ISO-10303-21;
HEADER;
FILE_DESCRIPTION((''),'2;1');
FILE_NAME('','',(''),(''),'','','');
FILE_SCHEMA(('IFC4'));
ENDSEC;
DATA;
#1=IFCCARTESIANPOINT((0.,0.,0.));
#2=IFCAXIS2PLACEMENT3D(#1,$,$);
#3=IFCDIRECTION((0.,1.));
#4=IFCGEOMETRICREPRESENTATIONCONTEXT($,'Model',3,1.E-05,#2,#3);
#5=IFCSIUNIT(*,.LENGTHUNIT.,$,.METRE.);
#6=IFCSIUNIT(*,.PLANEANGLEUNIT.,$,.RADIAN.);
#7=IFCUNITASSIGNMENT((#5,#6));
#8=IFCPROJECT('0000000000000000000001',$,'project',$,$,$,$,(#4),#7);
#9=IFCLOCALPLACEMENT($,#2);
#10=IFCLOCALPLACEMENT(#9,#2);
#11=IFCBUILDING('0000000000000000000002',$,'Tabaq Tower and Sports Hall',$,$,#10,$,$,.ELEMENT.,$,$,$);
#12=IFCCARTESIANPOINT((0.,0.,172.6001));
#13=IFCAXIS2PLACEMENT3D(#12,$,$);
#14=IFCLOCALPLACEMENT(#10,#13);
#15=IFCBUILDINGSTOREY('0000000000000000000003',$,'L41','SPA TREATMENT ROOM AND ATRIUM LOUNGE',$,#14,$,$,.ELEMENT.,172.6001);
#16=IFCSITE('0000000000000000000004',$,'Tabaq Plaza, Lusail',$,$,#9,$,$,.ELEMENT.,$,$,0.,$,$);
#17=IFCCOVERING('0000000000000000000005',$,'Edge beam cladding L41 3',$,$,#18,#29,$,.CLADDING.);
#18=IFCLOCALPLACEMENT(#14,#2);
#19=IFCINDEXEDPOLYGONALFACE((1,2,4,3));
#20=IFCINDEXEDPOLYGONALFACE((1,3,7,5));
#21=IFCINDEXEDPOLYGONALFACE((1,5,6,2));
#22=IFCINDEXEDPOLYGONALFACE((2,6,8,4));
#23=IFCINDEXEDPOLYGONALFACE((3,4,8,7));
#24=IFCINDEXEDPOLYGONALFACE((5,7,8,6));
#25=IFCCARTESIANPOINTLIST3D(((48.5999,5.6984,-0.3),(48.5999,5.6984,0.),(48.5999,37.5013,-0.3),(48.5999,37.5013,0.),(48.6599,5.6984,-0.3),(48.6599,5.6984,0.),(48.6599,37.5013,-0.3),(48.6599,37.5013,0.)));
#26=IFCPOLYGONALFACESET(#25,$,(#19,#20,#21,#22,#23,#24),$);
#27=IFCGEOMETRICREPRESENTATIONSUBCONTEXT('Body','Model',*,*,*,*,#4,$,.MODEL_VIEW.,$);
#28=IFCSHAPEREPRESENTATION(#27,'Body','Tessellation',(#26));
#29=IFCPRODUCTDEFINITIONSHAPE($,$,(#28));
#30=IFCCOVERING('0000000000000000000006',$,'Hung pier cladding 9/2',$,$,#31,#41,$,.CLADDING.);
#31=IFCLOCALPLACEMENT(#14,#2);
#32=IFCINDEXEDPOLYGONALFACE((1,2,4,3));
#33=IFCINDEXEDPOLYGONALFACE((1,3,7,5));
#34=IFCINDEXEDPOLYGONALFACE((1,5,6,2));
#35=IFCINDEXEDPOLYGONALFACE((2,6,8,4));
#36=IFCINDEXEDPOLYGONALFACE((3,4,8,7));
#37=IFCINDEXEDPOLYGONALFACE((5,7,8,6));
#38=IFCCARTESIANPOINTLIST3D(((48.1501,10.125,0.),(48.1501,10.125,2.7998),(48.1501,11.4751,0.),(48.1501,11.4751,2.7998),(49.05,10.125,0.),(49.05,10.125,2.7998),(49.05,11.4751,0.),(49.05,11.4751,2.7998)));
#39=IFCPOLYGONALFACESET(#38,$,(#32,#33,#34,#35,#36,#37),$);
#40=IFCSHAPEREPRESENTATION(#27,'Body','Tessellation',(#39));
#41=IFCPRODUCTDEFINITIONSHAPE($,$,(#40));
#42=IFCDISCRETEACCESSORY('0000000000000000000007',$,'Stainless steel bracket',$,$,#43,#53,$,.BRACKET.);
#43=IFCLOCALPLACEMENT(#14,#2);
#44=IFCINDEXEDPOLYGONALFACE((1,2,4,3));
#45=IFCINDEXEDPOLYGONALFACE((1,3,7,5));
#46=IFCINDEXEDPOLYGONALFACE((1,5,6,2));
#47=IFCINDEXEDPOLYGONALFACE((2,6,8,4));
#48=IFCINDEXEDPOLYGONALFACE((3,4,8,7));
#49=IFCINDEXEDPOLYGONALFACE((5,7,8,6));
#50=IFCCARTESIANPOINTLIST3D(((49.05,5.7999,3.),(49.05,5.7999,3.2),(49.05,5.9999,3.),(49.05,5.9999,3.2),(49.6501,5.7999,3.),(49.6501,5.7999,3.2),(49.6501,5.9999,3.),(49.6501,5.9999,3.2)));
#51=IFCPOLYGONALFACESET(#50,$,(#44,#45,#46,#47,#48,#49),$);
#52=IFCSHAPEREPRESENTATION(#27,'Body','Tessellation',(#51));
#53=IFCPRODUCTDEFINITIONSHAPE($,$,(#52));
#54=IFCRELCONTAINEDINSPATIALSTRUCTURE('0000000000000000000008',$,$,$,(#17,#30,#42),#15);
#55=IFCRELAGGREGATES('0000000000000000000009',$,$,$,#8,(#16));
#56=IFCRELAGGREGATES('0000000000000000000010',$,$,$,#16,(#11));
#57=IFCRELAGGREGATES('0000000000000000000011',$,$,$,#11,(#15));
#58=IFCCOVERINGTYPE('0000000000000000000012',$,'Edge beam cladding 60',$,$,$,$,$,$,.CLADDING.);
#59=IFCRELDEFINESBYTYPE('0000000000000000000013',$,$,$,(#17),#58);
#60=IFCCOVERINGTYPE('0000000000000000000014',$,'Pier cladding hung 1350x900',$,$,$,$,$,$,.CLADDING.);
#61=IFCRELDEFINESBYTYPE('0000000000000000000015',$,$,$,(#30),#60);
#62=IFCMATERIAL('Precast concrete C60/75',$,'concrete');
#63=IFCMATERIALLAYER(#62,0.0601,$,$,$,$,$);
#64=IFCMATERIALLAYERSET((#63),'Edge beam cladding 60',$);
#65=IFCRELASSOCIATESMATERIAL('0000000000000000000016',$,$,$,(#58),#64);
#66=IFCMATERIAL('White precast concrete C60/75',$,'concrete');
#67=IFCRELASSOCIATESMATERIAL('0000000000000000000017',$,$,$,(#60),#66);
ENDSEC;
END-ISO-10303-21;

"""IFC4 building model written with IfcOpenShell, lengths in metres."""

from ifc_helpers import new_model, si_unit, direction, frame, frame_2d, origin, origin_2d, place, context, subcontext, project, spatial, rectangle, extrude, material, layer, layer_set, type_object, element, save


model = new_model("IFC4")

# Units and contexts
model_context = context("Model", 3, precision=1e-05, world=origin(), true_north=direction((0.0, 1.0)))
body_context = subcontext(model_context, "Body", "Model", "MODEL_VIEW")
ifc_project = project(units=[si_unit("LENGTHUNIT", "METRE"), si_unit("PLANEANGLEUNIT", "RADIAN")], contexts=[model_context])

# Site, building, storey
site_placement = place(None, origin())
site = spatial("IfcSite", under=ifc_project, at=site_placement, Name="Tabaq Plaza, Lusail", CompositionType="ELEMENT", RefElevation=0.0)
building_placement = place(site_placement, origin())
building = spatial("IfcBuilding", under=site, at=building_placement, Name="Tabaq Tower and Sports Hall", CompositionType="ELEMENT")
storey_placement = place(building_placement, frame((0.0, 0.0, 172.6001)))
storey = spatial("IfcBuildingStorey", under=building, at=storey_placement, Name="L41", Description="SPA TREATMENT ROOM AND ATRIUM LOUNGE", CompositionType="ELEMENT", Elevation=172.6001)

# Coverings
ifc_material_1 = material(Name="Precast concrete C60/75", Category="concrete")
ifc_layer_1 = layer(ifc_material_1, 0.0601)
ifc_layer_set_1 = layer_set([ifc_layer_1], Name="Edge beam cladding 60")
covering_type_1 = type_object("IfcCoveringType", Name="Edge beam cladding 60", PredefinedType="CLADDING", material=ifc_layer_set_1)
covering_1_placement = place(storey_placement, frame((48.6299, 5.6985, -0.3), z_axis=(0.0, 0.0, 1.0), x_axis=(0.0, 1.0, 0.0)))
element("IfcCovering", 1, at=covering_1_placement, inside=storey, type_object=covering_type_1, Name="Edge beam cladding L41 3", PredefinedType="CLADDING", context=body_context, shape_type="SweptSolid", body=[
    extrude(rectangle(XDim=31.803, YDim=0.0601, at=frame_2d((15.9014, 0.0))), origin(), (0.0, 0.0, 1.0), 0.3),
])
ifc_material_2 = material(Name="White precast concrete C60/75", Category="concrete")
covering_type_2 = type_object("IfcCoveringType", Name="Pier cladding hung 1350x900", PredefinedType="CLADDING", material=ifc_material_2)
covering_2_placement = place(storey_placement, frame((48.6001, 10.125, 0.0), z_axis=(0.0, 0.0, 1.0), x_axis=(0.0, 1.0, 0.0)))
element("IfcCovering", 2, at=covering_2_placement, inside=storey, type_object=covering_type_2, Name="Hung pier cladding 9/2", PredefinedType="CLADDING", context=body_context, shape_type="SweptSolid", body=[
    extrude(rectangle(XDim=1.3501, YDim=0.8999, at=frame_2d((0.675, 0.0))), origin(), (0.0, 0.0, 1.0), 2.7998),
])

# Discrete accessory
discrete_accessory_placement = place(storey_placement, frame((49.3501, 5.8999, 3.0), z_axis=(0.0, 0.0, 1.0), x_axis=(1.0, 0.0, 0.0)))
element("IfcDiscreteAccessory", 3, at=discrete_accessory_placement, inside=storey, Name="Stainless steel bracket", PredefinedType="BRACKET", context=body_context, shape_type="SweptSolid", body=[
    extrude(rectangle(XDim=0.6001, YDim=0.2, at=origin_2d()), origin(), (0.0, 0.0, 1.0), 0.2),
])

save(model, "model.ifc")
